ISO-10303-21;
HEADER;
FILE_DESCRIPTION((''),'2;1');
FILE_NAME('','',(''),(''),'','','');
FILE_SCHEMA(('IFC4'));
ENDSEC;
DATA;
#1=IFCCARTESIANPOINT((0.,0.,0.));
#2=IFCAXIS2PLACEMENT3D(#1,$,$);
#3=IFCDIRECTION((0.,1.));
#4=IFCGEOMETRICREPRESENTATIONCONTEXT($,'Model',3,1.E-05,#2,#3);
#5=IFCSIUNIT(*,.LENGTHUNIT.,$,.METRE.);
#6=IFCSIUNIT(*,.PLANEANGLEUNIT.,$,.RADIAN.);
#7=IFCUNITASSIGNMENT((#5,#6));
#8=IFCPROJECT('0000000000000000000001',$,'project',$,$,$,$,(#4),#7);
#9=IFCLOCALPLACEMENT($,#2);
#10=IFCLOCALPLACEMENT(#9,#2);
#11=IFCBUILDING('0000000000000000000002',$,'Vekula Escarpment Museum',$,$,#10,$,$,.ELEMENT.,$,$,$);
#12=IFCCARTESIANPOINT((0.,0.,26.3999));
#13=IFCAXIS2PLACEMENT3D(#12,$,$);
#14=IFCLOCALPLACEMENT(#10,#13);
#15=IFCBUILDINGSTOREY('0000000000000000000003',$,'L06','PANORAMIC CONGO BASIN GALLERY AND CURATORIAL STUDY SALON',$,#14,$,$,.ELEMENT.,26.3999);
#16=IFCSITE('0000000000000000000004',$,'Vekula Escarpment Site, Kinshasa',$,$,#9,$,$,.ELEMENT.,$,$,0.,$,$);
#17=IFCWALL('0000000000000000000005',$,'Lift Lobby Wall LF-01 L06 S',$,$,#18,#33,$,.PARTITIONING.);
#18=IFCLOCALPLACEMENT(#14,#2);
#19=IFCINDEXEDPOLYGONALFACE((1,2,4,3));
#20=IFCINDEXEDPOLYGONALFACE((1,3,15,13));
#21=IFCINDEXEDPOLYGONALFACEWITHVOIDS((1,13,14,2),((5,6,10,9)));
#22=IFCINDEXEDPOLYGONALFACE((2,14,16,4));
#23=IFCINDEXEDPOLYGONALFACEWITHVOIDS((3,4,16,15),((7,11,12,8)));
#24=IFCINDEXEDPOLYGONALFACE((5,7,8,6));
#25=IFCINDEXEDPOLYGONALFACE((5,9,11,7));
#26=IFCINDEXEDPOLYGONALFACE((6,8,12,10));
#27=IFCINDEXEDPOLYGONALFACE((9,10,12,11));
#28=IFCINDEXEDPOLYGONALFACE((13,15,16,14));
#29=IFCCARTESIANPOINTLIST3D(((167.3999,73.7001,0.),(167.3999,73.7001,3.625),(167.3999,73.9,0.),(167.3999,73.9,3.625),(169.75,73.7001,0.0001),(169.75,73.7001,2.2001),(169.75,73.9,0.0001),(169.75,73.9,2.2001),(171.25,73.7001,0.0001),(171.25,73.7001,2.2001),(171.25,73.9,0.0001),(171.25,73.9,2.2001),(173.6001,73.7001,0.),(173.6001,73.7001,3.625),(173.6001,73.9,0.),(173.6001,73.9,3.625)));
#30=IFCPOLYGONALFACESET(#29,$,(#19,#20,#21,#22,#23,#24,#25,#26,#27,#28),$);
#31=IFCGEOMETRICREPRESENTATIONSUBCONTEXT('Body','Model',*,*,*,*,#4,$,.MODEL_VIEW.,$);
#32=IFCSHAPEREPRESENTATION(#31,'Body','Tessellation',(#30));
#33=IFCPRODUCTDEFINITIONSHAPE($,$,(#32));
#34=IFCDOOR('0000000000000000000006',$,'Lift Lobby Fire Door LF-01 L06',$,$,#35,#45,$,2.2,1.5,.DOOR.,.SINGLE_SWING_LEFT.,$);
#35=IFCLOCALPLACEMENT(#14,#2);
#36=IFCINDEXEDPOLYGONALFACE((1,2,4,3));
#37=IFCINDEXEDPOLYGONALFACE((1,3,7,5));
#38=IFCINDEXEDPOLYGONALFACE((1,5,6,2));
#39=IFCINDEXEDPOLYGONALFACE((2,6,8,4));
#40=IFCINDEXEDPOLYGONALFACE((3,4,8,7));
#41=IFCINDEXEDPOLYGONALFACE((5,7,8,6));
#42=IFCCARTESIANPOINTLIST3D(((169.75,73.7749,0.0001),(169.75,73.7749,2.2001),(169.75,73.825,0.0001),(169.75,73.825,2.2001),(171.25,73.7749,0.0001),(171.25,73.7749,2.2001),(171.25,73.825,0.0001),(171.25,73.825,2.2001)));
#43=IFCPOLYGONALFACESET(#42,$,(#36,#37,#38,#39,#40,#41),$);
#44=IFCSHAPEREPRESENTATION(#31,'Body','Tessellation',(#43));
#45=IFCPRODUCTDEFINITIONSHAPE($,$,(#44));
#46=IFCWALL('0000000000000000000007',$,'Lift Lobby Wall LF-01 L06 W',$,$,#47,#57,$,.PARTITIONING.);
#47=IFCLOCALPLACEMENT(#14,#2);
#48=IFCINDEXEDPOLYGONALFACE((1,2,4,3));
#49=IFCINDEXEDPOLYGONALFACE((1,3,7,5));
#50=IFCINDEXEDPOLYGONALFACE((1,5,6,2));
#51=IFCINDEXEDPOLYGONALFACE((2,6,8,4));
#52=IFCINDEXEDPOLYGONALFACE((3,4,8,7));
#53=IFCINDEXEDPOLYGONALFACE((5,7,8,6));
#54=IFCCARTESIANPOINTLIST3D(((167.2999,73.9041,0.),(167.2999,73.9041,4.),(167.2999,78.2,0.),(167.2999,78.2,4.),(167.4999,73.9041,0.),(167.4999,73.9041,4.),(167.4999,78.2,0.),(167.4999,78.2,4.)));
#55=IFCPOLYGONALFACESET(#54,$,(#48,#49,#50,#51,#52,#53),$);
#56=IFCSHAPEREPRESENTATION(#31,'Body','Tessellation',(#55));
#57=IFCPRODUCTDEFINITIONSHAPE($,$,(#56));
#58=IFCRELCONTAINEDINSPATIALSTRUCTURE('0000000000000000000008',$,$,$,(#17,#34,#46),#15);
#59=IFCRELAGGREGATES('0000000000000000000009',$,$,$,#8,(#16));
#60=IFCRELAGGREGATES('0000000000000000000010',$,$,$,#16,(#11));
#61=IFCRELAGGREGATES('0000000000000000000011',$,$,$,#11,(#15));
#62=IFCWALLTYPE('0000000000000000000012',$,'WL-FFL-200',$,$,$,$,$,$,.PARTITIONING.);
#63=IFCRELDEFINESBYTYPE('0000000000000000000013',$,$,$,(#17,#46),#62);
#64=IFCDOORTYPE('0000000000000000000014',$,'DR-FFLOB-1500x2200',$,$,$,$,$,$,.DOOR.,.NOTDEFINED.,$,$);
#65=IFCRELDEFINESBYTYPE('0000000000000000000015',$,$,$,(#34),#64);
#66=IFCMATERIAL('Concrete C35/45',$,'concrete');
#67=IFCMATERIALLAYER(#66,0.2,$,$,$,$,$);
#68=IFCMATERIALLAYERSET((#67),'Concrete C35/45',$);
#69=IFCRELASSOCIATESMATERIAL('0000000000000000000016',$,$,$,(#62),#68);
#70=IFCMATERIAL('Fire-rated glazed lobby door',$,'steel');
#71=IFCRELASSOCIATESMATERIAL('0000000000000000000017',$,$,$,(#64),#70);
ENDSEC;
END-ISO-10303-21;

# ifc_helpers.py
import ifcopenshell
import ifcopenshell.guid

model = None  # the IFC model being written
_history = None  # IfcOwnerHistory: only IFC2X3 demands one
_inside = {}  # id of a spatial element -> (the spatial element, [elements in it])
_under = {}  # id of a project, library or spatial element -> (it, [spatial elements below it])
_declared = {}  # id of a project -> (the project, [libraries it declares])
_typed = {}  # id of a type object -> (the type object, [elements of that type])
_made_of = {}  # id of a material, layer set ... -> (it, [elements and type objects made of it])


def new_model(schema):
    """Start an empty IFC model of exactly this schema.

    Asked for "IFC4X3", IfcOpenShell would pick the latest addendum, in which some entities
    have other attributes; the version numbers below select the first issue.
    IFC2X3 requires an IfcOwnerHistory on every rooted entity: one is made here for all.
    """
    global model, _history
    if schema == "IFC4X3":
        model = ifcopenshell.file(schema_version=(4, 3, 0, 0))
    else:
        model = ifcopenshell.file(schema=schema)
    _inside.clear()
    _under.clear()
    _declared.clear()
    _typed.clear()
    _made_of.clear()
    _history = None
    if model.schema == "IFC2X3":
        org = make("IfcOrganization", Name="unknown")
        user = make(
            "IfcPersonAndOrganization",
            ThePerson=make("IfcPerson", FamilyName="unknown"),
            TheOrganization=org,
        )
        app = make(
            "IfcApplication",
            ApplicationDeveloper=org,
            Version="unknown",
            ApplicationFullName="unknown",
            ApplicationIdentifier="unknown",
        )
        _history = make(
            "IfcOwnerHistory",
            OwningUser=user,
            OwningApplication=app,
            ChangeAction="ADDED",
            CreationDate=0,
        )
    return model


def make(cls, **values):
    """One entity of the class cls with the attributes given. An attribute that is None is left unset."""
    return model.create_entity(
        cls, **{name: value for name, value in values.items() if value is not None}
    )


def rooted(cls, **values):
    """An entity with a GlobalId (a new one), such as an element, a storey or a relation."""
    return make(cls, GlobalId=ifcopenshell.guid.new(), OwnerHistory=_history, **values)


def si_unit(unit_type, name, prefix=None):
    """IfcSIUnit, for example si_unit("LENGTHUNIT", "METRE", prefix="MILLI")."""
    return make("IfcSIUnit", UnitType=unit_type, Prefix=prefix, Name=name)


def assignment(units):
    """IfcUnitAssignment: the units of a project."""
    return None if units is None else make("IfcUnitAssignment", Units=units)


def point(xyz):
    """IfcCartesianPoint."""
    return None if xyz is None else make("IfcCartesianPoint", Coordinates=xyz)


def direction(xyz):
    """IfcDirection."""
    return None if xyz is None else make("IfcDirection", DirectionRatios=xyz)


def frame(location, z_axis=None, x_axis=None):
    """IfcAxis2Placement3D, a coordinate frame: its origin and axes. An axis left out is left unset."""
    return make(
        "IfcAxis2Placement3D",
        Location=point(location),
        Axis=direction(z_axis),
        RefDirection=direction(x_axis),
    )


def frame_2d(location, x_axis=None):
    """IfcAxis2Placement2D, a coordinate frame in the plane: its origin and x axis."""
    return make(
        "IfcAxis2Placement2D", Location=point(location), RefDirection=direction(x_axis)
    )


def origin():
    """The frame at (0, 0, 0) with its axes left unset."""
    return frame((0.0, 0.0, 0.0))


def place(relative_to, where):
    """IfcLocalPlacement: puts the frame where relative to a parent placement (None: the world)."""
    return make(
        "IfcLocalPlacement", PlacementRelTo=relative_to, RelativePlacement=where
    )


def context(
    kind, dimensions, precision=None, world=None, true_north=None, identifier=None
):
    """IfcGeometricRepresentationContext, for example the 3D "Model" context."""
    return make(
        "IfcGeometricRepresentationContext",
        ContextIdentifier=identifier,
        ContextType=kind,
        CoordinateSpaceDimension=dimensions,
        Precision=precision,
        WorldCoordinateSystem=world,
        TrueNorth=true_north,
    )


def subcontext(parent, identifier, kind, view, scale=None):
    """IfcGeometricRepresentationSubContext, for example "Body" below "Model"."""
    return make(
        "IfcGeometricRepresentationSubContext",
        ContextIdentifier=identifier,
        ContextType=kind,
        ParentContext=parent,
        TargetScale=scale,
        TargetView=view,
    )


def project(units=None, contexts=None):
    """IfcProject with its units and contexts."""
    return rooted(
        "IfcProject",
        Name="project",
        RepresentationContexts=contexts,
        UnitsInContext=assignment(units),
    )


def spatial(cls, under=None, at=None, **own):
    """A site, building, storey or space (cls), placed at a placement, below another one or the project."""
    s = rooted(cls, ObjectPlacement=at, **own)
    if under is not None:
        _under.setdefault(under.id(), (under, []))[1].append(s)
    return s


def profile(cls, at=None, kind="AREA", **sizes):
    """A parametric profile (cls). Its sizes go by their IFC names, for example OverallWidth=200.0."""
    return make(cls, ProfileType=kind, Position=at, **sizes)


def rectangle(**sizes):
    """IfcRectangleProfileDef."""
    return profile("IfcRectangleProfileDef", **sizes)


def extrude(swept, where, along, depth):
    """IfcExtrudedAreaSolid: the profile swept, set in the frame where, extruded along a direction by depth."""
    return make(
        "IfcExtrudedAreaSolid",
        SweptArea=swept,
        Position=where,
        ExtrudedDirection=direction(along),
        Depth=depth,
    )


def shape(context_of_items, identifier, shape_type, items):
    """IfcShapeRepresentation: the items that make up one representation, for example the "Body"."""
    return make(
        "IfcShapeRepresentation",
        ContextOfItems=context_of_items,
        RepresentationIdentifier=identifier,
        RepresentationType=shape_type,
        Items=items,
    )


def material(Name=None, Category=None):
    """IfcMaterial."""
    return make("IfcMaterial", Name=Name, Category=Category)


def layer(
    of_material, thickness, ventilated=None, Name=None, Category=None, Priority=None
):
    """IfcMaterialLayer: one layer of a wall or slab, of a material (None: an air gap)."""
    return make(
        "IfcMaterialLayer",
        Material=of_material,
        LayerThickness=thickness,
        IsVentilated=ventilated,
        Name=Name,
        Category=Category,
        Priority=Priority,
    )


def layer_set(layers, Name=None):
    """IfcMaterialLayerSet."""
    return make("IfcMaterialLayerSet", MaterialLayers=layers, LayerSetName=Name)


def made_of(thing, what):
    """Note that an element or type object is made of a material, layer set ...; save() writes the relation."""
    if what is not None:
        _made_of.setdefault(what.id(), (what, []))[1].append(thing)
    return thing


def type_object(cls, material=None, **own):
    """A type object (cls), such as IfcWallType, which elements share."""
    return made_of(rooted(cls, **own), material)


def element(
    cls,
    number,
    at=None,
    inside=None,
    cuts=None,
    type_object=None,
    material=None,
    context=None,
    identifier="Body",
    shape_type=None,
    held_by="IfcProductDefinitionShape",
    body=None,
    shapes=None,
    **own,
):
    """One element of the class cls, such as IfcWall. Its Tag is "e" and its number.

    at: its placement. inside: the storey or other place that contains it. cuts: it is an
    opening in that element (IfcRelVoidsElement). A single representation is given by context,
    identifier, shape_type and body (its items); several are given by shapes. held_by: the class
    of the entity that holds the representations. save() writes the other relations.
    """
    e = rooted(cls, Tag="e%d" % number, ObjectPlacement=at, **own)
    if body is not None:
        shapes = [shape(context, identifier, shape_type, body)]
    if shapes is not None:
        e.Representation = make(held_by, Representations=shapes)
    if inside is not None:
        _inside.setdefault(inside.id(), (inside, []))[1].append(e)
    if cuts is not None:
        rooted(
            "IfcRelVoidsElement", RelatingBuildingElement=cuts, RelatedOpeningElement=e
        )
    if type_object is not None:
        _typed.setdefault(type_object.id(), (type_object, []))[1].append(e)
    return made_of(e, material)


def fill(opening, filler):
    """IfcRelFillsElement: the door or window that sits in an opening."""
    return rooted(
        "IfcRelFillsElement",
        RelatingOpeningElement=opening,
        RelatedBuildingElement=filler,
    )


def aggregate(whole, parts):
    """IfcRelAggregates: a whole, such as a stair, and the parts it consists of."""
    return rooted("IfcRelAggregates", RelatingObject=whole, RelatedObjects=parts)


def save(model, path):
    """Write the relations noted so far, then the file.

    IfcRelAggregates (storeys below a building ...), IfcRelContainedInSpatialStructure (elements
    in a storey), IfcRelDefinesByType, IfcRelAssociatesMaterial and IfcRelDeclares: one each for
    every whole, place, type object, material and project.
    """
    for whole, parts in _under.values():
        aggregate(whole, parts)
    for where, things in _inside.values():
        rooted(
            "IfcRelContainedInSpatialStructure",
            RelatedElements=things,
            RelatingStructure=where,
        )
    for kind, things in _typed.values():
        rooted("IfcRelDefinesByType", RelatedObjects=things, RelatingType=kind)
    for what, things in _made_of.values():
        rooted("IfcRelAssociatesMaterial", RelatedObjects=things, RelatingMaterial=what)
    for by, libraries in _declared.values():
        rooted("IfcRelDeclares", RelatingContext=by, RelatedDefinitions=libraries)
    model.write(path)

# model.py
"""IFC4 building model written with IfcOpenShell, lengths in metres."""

from ifc_helpers import new_model, si_unit, direction, frame, frame_2d, origin, place, context, subcontext, project, spatial, rectangle, extrude, material, layer, layer_set, type_object, element, fill, save


model = new_model("IFC4")

# Units and contexts
model_context = context("Model", 3, precision=1e-05, world=origin(), true_north=direction((0.0, 1.0)))
body_context = subcontext(model_context, "Body", "Model", "MODEL_VIEW")
ifc_project = project(units=[si_unit("LENGTHUNIT", "METRE"), si_unit("PLANEANGLEUNIT", "RADIAN")], contexts=[model_context])

# Site, building, storey
site_placement = place(None, origin())
site = spatial("IfcSite", under=ifc_project, at=site_placement, Name="Vekula Escarpment Site, Kinshasa", CompositionType="ELEMENT", RefElevation=0.0)
building_placement = place(site_placement, origin())
building = spatial("IfcBuilding", under=site, at=building_placement, Name="Vekula Escarpment Museum", CompositionType="ELEMENT")
storey_placement = place(building_placement, frame((0.0, 0.0, 26.3999)))
storey = spatial("IfcBuildingStorey", under=building, at=storey_placement, Name="L06", Description="PANORAMIC CONGO BASIN GALLERY AND CURATORIAL STUDY SALON", CompositionType="ELEMENT", Elevation=26.3999)

# Wall, opening, door
ifc_material_1 = material(Name="Concrete C35/45", Category="concrete")
ifc_layer_1 = layer(ifc_material_1, 0.2)
ifc_layer_set_1 = layer_set([ifc_layer_1], Name="Concrete C35/45")
wall_type_1 = type_object("IfcWallType", Name="WL-FFL-200", PredefinedType="PARTITIONING", material=ifc_layer_set_1)
wall_1_placement = place(storey_placement, frame((167.3999, 73.8, 0.0), z_axis=(0.0, 0.0, 1.0), x_axis=(1.0, 0.0, 0.0)))
wall_1 = element("IfcWall", 1, at=wall_1_placement, inside=storey, type_object=wall_type_1, Name="Lift Lobby Wall LF-01 L06 S", PredefinedType="PARTITIONING", context=body_context, shape_type="SweptSolid", body=[
    extrude(rectangle(XDim=6.2002, YDim=0.2, at=frame_2d((3.1001, 0.0))), origin(), (0.0, 0.0, 1.0), 3.625),
])
opening_1_placement = place(wall_1_placement, frame((2.3501, 0.0, 0.0)))
opening_1 = element("IfcOpeningElement", 2, at=opening_1_placement, cuts=wall_1, PredefinedType="OPENING", context=body_context, shape_type="SweptSolid", body=[
    extrude(rectangle(XDim=1.5, YDim=2.2, at=frame_2d((0.75, 1.1001))), frame((0.0, 0.1099, 0.0), z_axis=(0.0, -1.0, 0.0), x_axis=(1.0, 0.0, 0.0)), (0.0, 0.0, 1.0), 0.22),
])
ifc_material_2 = material(Name="Fire-rated glazed lobby door", Category="steel")
door_type_1 = type_object("IfcDoorType", Name="DR-FFLOB-1500x2200", OperationType="NOTDEFINED", PredefinedType="DOOR", material=ifc_material_2)
door_1_placement = place(opening_1_placement, origin())
door_1 = element("IfcDoor", 3, at=door_1_placement, inside=storey, type_object=door_type_1, Name="Lift Lobby Fire Door LF-01 L06", OperationType="SINGLE_SWING_LEFT", OverallHeight=2.2, OverallWidth=1.5, PredefinedType="DOOR", context=body_context, shape_type="SweptSolid", body=[
    extrude(rectangle(XDim=1.5, YDim=2.2, at=frame_2d((0.75, 1.1001))), frame((0.0, 0.0249, 0.0), z_axis=(0.0, -1.0, 0.0), x_axis=(1.0, 0.0, 0.0)), (0.0, 0.0, 1.0), 0.05),
])
fill(opening_1, door_1)

# Wall
wall_2_placement = place(storey_placement, frame((167.3999, 73.9041, 0.0), z_axis=(0.0, 0.0, 1.0), x_axis=(0.0, 1.0, 0.0)))
element("IfcWall", 4, at=wall_2_placement, inside=storey, type_object=wall_type_1, Name="Lift Lobby Wall LF-01 L06 W", PredefinedType="PARTITIONING", context=body_context, shape_type="SweptSolid", body=[
    extrude(rectangle(XDim=4.2959, YDim=0.2, at=frame_2d((2.1479, 0.0))), origin(), (0.0, 0.0, 1.0), 4.0),
])

save(model, "model.ifc")
